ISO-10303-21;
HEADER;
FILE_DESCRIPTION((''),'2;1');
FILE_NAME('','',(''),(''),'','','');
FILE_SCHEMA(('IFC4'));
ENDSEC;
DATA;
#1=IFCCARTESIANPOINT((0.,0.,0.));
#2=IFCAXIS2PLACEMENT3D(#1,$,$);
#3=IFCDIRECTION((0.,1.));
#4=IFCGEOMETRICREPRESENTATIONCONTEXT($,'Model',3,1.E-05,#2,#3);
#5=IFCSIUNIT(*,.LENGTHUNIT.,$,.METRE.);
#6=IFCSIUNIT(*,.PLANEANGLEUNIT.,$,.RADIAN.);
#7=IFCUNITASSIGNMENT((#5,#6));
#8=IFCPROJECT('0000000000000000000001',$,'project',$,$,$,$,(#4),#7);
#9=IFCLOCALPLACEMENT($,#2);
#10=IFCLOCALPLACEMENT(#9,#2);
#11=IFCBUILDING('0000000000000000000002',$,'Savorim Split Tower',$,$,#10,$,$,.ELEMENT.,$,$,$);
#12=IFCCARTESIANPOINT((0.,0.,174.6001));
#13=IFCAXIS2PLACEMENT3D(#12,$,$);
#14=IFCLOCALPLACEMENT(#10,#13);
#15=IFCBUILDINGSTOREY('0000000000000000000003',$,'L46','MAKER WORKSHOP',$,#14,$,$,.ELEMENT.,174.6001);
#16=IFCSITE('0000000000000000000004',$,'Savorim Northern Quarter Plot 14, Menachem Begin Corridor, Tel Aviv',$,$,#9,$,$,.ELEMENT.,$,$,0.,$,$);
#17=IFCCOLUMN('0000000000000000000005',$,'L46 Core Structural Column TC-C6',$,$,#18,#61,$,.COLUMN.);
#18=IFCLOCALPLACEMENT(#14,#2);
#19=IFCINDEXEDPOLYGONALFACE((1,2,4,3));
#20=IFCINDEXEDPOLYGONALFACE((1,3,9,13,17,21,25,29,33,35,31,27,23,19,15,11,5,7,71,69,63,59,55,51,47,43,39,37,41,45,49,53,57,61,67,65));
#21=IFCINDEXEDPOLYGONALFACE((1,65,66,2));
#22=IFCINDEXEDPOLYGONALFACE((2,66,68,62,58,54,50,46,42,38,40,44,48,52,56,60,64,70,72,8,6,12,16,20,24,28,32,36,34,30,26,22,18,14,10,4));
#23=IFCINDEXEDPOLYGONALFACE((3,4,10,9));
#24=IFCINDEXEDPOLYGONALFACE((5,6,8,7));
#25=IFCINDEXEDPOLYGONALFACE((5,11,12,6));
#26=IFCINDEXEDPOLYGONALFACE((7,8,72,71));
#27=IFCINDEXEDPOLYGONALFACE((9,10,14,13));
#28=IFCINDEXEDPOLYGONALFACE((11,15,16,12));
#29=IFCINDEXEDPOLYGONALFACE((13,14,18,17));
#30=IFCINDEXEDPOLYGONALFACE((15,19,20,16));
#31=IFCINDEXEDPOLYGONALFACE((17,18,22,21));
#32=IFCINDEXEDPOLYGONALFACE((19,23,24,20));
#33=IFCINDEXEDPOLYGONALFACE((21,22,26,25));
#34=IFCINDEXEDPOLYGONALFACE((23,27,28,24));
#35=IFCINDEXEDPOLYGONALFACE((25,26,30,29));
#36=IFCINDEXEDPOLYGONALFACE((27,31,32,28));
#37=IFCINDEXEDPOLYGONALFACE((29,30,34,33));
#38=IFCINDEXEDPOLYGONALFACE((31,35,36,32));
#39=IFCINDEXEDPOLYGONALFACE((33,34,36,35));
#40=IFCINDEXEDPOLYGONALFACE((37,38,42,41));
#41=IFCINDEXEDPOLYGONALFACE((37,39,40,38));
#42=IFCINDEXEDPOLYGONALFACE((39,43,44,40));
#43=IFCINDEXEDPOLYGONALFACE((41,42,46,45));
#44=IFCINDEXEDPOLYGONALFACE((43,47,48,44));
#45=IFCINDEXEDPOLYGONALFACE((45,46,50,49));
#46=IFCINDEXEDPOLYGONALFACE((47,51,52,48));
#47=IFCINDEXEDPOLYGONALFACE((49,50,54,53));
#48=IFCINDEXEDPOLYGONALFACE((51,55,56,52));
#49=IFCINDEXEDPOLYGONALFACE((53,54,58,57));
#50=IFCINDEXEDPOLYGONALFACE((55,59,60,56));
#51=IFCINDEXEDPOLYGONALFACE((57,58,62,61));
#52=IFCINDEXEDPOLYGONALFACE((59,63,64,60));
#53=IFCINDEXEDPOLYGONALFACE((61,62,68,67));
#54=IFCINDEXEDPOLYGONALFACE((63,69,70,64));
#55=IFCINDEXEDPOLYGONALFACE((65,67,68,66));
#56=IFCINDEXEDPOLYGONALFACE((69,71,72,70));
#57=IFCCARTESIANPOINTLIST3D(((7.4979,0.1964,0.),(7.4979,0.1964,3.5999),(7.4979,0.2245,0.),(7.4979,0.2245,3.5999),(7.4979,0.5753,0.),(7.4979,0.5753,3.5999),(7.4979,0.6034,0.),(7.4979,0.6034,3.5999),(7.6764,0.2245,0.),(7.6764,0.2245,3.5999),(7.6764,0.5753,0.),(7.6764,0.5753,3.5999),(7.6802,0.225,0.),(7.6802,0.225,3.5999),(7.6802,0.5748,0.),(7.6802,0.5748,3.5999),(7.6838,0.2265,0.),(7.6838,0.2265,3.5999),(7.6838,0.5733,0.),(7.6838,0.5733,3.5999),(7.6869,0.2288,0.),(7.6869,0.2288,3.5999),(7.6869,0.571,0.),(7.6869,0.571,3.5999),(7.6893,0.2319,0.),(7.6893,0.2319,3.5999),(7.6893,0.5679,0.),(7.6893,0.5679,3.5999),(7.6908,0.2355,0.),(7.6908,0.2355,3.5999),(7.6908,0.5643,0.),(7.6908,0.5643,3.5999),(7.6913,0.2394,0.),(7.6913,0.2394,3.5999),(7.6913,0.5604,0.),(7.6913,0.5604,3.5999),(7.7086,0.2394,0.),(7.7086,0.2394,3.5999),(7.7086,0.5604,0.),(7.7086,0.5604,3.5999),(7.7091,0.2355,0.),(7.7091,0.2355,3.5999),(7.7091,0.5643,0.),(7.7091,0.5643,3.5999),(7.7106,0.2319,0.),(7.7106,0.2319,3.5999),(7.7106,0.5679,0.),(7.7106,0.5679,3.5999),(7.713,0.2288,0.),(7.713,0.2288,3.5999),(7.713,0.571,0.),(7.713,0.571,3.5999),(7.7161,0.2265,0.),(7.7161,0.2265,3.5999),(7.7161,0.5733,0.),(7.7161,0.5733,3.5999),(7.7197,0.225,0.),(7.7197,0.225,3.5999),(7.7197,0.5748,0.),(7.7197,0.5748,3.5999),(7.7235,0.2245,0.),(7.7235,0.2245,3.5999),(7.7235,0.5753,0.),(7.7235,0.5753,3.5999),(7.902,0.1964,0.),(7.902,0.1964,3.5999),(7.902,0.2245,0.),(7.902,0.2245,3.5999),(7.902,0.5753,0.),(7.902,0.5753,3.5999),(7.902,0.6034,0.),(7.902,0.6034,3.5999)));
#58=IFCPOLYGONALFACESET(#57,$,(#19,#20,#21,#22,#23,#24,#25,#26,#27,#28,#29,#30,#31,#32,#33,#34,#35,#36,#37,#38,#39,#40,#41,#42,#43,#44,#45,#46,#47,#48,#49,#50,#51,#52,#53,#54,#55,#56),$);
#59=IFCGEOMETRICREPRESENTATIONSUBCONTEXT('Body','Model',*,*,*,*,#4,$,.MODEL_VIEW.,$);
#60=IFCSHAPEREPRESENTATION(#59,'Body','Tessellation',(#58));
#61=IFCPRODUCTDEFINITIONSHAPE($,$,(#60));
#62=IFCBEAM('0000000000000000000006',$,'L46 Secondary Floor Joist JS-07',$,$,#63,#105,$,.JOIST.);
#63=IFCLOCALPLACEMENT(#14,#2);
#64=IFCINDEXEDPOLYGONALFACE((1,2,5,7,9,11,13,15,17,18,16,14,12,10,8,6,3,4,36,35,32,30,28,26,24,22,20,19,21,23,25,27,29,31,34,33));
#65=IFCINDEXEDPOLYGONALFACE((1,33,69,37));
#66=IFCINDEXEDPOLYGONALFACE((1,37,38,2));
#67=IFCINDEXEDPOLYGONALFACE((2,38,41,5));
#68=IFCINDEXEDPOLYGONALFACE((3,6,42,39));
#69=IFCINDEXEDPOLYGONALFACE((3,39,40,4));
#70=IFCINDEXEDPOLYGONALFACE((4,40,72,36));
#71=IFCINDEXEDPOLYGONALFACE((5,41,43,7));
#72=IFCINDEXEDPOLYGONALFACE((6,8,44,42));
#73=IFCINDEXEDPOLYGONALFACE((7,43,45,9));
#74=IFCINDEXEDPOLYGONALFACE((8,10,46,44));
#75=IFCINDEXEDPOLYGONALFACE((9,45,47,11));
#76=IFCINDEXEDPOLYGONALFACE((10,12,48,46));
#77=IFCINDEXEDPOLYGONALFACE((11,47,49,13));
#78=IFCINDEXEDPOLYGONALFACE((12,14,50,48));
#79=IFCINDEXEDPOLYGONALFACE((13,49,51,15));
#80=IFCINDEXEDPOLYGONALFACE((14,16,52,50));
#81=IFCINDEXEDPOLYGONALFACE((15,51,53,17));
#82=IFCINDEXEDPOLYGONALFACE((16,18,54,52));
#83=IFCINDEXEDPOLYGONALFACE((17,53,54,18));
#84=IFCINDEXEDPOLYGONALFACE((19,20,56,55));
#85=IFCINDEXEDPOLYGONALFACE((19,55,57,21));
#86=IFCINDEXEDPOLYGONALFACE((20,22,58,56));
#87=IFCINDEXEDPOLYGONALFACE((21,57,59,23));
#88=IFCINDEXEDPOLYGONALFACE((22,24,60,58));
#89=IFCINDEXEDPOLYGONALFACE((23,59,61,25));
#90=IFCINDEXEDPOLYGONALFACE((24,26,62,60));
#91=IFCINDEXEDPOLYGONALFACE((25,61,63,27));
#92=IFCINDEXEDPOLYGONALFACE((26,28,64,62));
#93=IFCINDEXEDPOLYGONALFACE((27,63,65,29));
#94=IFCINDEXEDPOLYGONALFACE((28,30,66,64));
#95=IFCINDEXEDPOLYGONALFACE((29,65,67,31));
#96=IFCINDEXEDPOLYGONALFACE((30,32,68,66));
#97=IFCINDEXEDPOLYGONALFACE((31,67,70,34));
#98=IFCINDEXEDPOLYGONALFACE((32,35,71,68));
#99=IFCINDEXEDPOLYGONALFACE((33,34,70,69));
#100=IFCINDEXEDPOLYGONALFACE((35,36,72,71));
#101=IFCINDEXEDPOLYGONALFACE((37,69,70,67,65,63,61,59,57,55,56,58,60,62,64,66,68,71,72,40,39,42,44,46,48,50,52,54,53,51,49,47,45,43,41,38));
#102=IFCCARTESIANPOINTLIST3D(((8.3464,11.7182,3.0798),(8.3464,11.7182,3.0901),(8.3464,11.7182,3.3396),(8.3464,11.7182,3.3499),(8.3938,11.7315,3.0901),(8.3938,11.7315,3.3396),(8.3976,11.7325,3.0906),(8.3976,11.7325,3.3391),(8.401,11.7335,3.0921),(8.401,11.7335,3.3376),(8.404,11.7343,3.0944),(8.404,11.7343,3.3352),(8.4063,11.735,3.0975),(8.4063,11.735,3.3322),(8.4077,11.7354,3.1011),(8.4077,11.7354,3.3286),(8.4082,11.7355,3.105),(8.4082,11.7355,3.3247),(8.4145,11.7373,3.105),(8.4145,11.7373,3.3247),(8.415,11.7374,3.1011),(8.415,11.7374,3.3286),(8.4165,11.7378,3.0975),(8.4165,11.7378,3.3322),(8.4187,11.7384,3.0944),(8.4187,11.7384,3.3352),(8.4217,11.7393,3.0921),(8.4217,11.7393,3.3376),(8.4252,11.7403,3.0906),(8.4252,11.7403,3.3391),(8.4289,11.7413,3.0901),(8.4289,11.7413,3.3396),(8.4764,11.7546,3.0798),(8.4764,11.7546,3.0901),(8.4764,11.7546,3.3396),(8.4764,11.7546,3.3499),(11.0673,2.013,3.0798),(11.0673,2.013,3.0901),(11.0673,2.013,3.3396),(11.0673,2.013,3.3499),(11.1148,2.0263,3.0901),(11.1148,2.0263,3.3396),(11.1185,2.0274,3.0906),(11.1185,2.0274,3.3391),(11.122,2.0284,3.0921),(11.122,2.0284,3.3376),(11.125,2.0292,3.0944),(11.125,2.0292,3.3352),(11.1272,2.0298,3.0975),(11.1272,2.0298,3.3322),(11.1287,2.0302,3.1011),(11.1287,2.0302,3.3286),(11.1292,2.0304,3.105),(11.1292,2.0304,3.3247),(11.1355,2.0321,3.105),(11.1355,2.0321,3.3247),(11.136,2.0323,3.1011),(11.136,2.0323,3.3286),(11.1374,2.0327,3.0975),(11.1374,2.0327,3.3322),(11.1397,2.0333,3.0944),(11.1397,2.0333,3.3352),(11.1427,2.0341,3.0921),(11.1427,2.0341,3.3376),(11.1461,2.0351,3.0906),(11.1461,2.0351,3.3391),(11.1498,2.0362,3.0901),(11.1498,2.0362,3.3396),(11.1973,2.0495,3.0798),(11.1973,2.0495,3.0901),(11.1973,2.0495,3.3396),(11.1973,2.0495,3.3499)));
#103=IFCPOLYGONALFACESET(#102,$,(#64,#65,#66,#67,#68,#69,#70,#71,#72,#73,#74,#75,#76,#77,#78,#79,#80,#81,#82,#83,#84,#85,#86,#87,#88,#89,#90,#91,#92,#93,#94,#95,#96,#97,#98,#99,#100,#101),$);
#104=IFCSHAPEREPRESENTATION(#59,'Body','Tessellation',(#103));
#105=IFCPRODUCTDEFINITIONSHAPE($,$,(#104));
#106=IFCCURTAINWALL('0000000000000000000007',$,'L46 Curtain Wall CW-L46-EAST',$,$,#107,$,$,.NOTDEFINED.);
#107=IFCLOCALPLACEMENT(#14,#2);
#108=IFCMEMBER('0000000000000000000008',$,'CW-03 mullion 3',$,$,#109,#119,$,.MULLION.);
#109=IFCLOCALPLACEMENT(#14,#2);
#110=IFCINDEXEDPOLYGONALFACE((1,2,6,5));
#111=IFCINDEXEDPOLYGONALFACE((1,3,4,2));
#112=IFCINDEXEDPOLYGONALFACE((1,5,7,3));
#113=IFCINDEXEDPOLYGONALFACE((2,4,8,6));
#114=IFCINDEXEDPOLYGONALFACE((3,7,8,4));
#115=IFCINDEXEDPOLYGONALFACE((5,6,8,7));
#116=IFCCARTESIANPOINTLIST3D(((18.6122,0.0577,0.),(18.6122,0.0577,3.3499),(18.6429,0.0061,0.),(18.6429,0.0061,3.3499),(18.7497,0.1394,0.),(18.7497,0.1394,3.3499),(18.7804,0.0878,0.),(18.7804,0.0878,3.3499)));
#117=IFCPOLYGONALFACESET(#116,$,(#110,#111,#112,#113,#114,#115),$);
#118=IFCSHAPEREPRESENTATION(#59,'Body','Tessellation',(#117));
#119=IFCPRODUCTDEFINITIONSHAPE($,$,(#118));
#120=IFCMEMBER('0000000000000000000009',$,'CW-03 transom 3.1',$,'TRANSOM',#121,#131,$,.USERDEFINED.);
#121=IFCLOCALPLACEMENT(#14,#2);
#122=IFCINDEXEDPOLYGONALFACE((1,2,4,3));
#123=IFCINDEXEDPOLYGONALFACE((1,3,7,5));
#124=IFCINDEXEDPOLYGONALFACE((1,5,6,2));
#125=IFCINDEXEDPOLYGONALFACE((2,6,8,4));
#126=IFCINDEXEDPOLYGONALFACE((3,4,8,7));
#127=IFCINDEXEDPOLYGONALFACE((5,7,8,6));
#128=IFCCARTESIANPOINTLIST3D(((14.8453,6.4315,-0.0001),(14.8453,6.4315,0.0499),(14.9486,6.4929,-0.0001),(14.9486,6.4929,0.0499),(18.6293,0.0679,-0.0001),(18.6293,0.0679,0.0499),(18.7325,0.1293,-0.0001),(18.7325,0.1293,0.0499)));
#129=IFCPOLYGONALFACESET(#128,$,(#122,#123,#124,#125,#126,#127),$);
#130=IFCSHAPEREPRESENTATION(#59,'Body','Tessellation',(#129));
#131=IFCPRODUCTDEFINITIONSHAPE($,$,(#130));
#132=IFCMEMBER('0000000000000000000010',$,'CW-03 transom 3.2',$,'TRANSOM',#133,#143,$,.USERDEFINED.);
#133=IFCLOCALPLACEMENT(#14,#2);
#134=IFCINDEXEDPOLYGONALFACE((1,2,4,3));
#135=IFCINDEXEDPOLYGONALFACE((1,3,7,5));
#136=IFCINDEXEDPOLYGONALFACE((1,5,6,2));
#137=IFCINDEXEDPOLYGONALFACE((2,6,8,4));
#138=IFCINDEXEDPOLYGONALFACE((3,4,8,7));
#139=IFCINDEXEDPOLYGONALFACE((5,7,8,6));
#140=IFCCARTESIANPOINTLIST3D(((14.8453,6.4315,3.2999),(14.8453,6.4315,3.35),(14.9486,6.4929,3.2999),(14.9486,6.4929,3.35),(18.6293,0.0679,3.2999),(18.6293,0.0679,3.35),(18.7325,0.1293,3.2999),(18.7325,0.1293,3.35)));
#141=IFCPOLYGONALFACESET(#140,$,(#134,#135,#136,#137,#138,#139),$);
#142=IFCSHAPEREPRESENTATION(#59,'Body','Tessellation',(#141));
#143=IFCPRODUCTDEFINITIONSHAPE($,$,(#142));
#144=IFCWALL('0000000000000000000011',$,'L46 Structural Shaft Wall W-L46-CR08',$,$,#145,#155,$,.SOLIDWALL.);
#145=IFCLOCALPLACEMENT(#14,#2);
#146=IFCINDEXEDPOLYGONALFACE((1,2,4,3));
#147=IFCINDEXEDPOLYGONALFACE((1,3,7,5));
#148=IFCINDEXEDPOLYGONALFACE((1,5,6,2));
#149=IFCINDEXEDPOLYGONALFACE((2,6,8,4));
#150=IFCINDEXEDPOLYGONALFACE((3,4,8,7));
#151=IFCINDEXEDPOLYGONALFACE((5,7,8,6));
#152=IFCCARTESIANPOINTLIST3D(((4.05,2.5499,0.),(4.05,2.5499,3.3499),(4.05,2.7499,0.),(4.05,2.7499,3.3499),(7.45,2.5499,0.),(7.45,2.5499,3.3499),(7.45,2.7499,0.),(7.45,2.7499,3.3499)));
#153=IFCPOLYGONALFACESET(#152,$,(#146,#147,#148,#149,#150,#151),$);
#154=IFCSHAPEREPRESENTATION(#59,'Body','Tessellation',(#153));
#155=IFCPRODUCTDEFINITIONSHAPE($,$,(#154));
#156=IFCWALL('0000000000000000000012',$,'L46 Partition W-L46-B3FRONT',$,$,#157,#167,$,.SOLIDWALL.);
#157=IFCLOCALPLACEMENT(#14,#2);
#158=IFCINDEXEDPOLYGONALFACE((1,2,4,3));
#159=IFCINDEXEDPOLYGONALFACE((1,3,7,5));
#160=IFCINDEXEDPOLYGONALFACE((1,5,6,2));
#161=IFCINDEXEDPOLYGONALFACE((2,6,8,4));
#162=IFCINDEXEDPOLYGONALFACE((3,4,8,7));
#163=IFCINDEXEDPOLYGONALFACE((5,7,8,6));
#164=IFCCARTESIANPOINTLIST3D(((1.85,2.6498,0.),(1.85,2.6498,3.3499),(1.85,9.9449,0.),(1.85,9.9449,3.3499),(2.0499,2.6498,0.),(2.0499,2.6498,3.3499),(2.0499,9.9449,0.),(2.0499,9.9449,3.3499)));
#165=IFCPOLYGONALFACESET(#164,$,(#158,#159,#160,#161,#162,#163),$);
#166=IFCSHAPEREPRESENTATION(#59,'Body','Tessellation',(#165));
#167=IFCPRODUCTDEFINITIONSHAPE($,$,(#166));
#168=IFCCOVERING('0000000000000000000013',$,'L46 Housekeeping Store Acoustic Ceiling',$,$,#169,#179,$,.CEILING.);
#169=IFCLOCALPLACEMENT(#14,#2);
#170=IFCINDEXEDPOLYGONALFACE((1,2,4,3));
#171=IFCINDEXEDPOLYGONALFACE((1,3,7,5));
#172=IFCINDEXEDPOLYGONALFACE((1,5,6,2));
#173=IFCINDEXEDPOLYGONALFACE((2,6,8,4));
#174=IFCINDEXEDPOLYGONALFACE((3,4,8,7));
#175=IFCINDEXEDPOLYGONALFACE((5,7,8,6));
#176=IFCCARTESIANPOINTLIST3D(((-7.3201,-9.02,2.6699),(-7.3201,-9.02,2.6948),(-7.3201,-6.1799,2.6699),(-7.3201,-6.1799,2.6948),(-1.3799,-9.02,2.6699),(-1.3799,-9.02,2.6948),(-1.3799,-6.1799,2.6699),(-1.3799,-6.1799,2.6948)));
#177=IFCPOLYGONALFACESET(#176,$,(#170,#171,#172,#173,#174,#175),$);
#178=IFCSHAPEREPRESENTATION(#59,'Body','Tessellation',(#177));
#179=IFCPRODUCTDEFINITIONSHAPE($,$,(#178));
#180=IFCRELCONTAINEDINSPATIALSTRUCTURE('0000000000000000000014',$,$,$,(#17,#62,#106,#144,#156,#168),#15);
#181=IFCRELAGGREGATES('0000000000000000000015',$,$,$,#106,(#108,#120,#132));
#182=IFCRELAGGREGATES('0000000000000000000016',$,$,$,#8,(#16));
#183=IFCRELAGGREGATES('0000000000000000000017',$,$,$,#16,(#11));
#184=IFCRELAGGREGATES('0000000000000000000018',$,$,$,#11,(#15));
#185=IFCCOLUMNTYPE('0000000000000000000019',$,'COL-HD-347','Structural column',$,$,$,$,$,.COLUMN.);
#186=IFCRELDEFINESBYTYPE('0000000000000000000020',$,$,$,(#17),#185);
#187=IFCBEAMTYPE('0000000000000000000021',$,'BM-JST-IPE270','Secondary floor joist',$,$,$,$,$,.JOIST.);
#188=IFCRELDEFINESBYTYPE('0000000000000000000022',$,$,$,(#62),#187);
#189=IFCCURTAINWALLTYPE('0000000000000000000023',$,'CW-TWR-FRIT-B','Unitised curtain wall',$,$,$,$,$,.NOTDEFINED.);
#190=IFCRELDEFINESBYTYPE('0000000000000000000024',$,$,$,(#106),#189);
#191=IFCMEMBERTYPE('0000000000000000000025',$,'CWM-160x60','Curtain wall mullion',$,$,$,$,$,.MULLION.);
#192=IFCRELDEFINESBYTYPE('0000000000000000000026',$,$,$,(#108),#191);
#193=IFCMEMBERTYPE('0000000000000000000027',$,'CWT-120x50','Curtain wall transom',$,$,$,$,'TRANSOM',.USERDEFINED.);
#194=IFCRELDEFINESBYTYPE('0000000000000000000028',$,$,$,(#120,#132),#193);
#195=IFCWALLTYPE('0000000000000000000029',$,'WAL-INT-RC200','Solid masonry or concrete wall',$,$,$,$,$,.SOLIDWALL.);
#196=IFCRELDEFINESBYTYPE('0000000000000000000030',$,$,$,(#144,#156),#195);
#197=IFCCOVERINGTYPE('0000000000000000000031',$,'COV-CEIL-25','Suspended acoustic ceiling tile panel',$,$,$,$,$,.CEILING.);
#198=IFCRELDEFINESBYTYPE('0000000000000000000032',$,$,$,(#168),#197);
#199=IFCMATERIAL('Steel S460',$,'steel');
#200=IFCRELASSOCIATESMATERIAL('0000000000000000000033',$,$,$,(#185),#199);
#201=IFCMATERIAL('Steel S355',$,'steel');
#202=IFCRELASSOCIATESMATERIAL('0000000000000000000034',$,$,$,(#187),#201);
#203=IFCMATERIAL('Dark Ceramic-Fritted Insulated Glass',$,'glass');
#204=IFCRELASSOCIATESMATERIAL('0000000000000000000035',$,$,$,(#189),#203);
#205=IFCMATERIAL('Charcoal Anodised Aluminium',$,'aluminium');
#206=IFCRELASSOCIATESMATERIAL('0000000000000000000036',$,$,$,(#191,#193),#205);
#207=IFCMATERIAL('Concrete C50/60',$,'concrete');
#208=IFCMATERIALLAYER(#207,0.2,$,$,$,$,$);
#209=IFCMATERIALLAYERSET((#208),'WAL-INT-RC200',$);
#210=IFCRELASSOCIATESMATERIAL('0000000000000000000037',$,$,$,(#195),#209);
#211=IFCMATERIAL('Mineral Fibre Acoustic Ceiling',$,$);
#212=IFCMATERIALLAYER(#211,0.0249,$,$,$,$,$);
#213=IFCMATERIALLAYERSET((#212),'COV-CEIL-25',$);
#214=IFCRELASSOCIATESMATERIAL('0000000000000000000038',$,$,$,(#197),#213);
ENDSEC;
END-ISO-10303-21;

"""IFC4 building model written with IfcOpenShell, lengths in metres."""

from ifc_helpers import new_model, si_unit, direction, frame, frame_2d, origin, origin_2d, place, context, subcontext, project, spatial, polyline, rectangle, i_section, outline, extrude, material, layer, layer_set, material_profile, profile_set, type_object, element, aggregate, save


model = new_model("IFC4")

# Units and contexts
model_context = context("Model", 3, precision=1e-05, world=origin(), true_north=direction((0.0, 1.0)))
body_context = subcontext(model_context, "Body", "Model", "MODEL_VIEW")
ifc_project = project(units=[si_unit("LENGTHUNIT", "METRE"), si_unit("PLANEANGLEUNIT", "RADIAN")], contexts=[model_context])

# Site, building, storey
site_placement = place(None, origin())
site = spatial("IfcSite", under=ifc_project, at=site_placement, Name="Savorim Northern Quarter Plot 14, Menachem Begin Corridor, Tel Aviv", CompositionType="ELEMENT", RefElevation=0.0)
building_placement = place(site_placement, origin())
building = spatial("IfcBuilding", under=site, at=building_placement, Name="Savorim Split Tower", CompositionType="ELEMENT")
storey_placement = place(building_placement, frame((0.0, 0.0, 174.6001)))
storey = spatial("IfcBuildingStorey", under=building, at=storey_placement, Name="L46", Description="MAKER WORKSHOP", CompositionType="ELEMENT", Elevation=174.6001)

# Column
ifc_material_1 = material(Name="Steel S460", Category="steel")
ifc_material_profile_1 = material_profile(ifc_material_1, i_section(OverallWidth=0.4041, OverallDepth=0.407, WebThickness=0.0173, FlangeThickness=0.0281, FilletRadius=0.0149, at=origin_2d()), Name="HD 400x347")
ifc_profile_set_1 = profile_set([ifc_material_profile_1], Name="Steel S460")
column_type = type_object("IfcColumnType", Name="COL-HD-347", Description="Structural column", PredefinedType="COLUMN", material=ifc_profile_set_1)
column_placement = place(storey_placement, frame((7.7, 0.3999, 0.0), z_axis=(0.0, 0.0, 1.0), x_axis=(1.0, 0.0, 0.0)))
element("IfcColumn", 1, at=column_placement, inside=storey, type_object=column_type, Name="L46 Core Structural Column TC-C6", PredefinedType="COLUMN", context=body_context, shape_type="SweptSolid", body=[
    extrude(i_section(OverallWidth=0.4041, OverallDepth=0.407, WebThickness=0.0173, FlangeThickness=0.0281, FilletRadius=0.0149, at=origin_2d()), origin(), (0.0, 0.0, 1.0), 3.5999),
])

# Beam
ifc_material_2 = material(Name="Steel S355", Category="steel")
ifc_material_profile_2 = material_profile(ifc_material_2, i_section(OverallWidth=0.135, OverallDepth=0.27, WebThickness=0.0066, FlangeThickness=0.0103, FilletRadius=0.0149, at=origin_2d()), Name="IPE 270")
ifc_profile_set_2 = profile_set([ifc_material_profile_2], Name="Steel S355")
beam_type = type_object("IfcBeamType", Name="BM-JST-IPE270", Description="Secondary floor joist", PredefinedType="JOIST", material=ifc_profile_set_2)
beam_placement = place(storey_placement, frame((11.1323, 2.0312, 3.2148), z_axis=(-0.269954, 0.962873, 0.0), x_axis=(-0.962873, -0.269954, 0.0)))
element("IfcBeam", 2, at=beam_placement, inside=storey, type_object=beam_type, Name="L46 Secondary Floor Joist JS-07", PredefinedType="JOIST", context=body_context, shape_type="SweptSolid", body=[
    extrude(i_section(OverallWidth=0.135, OverallDepth=0.27, WebThickness=0.0066, FlangeThickness=0.0103, FilletRadius=0.0149, at=origin_2d()), origin(), (0.0, 0.0, 1.0), 10.0793),
])

# Curtain wall, members
ifc_material_3 = material(Name="Dark Ceramic-Fritted Insulated Glass", Category="glass")
curtain_wall_type = type_object("IfcCurtainWallType", Name="CW-TWR-FRIT-B", Description="Unitised curtain wall", PredefinedType="NOTDEFINED", material=ifc_material_3)
curtain_wall_placement = place(storey_placement, origin())
curtain_wall = element("IfcCurtainWall", 3, at=curtain_wall_placement, inside=storey, type_object=curtain_wall_type, Name="L46 Curtain Wall CW-L46-EAST", PredefinedType="NOTDEFINED")
ifc_material_4 = material(Name="Charcoal Anodised Aluminium", Category="aluminium")
ifc_material_profile_3 = material_profile(ifc_material_4, rectangle(XDim=0.1599, YDim=0.0601, at=origin_2d()), Name="ALU-M 160x60")
ifc_profile_set_3 = profile_set([ifc_material_profile_3], Name="Charcoal Anodised Aluminium")
member_type_1 = type_object("IfcMemberType", Name="CWM-160x60", Description="Curtain wall mullion", PredefinedType="MULLION", material=ifc_profile_set_3)
member_1_placement = place(storey_placement, frame((18.6963, 0.0728, 0.0), z_axis=(0.0, 0.0, 1.0), x_axis=(-0.859525, -0.511094, 0.0)))
member_1 = element("IfcMember", 4, at=member_1_placement, type_object=member_type_1, Name="CW-03 mullion 3", PredefinedType="MULLION", context=body_context, shape_type="SweptSolid", body=[
    extrude(rectangle(XDim=0.1599, YDim=0.0601, at=origin_2d()), origin(), (0.0, 0.0, 1.0), 3.3499),
])
ifc_material_profile_4 = material_profile(ifc_material_4, rectangle(XDim=0.1201, YDim=0.05, at=origin_2d()), Name="ALU-T 120x50")
ifc_profile_set_4 = profile_set([ifc_material_profile_4], Name="Charcoal Anodised Aluminium")
member_type_2 = type_object("IfcMemberType", Name="CWT-120x50", Description="Curtain wall transom", ElementType="TRANSOM", PredefinedType="USERDEFINED", material=ifc_profile_set_4)
member_2_placement = place(storey_placement, frame((18.6809, 0.0986, 0.0249), z_axis=(-0.511097, 0.859523, 0.0), x_axis=(-0.859523, -0.511097, 0.0)))
member_2 = element("IfcMember", 5, at=member_2_placement, type_object=member_type_2, Name="CW-03 transom 3.1", ObjectType="TRANSOM", PredefinedType="USERDEFINED", context=body_context, shape_type="SweptSolid", body=[
    extrude(rectangle(XDim=0.1201, YDim=0.05, at=origin_2d()), origin(), (0.0, 0.0, 1.0), 7.4036),
])
member_3_placement = place(storey_placement, frame((18.6809, 0.0986, 3.325), z_axis=(-0.511097, 0.859523, 0.0), x_axis=(-0.859523, -0.511097, 0.0)))
member_3 = element("IfcMember", 6, at=member_3_placement, type_object=member_type_2, Name="CW-03 transom 3.2", ObjectType="TRANSOM", PredefinedType="USERDEFINED", context=body_context, shape_type="SweptSolid", body=[
    extrude(rectangle(XDim=0.1201, YDim=0.05, at=origin_2d()), origin(), (0.0, 0.0, 1.0), 7.4036),
])
aggregate(curtain_wall, [member_1, member_2, member_3])

# Walls
ifc_material_5 = material(Name="Concrete C50/60", Category="concrete")
ifc_layer_1 = layer(ifc_material_5, 0.2)
ifc_layer_set_1 = layer_set([ifc_layer_1], Name="WAL-INT-RC200")
wall_type = type_object("IfcWallType", Name="WAL-INT-RC200", Description="Solid masonry or concrete wall", PredefinedType="SOLIDWALL", material=ifc_layer_set_1)
wall_1_placement = place(storey_placement, frame((4.05, 2.6499, 0.0), z_axis=(0.0, 0.0, 1.0), x_axis=(1.0, 0.0, 0.0)))
element("IfcWall", 7, at=wall_1_placement, inside=storey, type_object=wall_type, Name="L46 Structural Shaft Wall W-L46-CR08", PredefinedType="SOLIDWALL", context=body_context, shape_type="SweptSolid", body=[
    extrude(rectangle(XDim=3.3999, YDim=0.2, at=frame_2d((1.7, 0.0))), origin(), (0.0, 0.0, 1.0), 3.3499),
])
wall_2_placement = place(storey_placement, frame((1.95, 2.6499, 0.0), z_axis=(0.0, 0.0, 1.0), x_axis=(0.0, 1.0, 0.0)))
element("IfcWall", 8, at=wall_2_placement, inside=storey, type_object=wall_type, Name="L46 Partition W-L46-B3FRONT", PredefinedType="SOLIDWALL", context=body_context, shape_type="SweptSolid", body=[
    extrude(rectangle(XDim=7.2952, YDim=0.2, at=frame_2d((3.6475, 0.0))), origin(), (0.0, 0.0, 1.0), 3.3499),
])

# Covering
ifc_material_6 = material(Name="Mineral Fibre Acoustic Ceiling")
ifc_layer_2 = layer(ifc_material_6, 0.0249)
ifc_layer_set_2 = layer_set([ifc_layer_2], Name="COV-CEIL-25")
covering_type_1 = type_object("IfcCoveringType", Name="COV-CEIL-25", Description="Suspended acoustic ceiling tile panel", PredefinedType="CEILING", material=ifc_layer_set_2)
covering_1_placement = place(storey_placement, frame((0.0, 0.0, 2.6699)))
element("IfcCovering", 9, at=covering_1_placement, inside=storey, type_object=covering_type_1, Name="L46 Housekeeping Store Acoustic Ceiling", PredefinedType="CEILING", context=body_context, shape_type="SweptSolid", body=[
    extrude(outline(polyline([(-7.3201, -6.1799), (-7.3201, -9.02), (-1.3799, -9.02), (-1.3799, -6.1799), (-7.3201, -6.1799)])), origin(), (0.0, 0.0, 1.0), 0.0249),
])

save(model, "model.ifc")
